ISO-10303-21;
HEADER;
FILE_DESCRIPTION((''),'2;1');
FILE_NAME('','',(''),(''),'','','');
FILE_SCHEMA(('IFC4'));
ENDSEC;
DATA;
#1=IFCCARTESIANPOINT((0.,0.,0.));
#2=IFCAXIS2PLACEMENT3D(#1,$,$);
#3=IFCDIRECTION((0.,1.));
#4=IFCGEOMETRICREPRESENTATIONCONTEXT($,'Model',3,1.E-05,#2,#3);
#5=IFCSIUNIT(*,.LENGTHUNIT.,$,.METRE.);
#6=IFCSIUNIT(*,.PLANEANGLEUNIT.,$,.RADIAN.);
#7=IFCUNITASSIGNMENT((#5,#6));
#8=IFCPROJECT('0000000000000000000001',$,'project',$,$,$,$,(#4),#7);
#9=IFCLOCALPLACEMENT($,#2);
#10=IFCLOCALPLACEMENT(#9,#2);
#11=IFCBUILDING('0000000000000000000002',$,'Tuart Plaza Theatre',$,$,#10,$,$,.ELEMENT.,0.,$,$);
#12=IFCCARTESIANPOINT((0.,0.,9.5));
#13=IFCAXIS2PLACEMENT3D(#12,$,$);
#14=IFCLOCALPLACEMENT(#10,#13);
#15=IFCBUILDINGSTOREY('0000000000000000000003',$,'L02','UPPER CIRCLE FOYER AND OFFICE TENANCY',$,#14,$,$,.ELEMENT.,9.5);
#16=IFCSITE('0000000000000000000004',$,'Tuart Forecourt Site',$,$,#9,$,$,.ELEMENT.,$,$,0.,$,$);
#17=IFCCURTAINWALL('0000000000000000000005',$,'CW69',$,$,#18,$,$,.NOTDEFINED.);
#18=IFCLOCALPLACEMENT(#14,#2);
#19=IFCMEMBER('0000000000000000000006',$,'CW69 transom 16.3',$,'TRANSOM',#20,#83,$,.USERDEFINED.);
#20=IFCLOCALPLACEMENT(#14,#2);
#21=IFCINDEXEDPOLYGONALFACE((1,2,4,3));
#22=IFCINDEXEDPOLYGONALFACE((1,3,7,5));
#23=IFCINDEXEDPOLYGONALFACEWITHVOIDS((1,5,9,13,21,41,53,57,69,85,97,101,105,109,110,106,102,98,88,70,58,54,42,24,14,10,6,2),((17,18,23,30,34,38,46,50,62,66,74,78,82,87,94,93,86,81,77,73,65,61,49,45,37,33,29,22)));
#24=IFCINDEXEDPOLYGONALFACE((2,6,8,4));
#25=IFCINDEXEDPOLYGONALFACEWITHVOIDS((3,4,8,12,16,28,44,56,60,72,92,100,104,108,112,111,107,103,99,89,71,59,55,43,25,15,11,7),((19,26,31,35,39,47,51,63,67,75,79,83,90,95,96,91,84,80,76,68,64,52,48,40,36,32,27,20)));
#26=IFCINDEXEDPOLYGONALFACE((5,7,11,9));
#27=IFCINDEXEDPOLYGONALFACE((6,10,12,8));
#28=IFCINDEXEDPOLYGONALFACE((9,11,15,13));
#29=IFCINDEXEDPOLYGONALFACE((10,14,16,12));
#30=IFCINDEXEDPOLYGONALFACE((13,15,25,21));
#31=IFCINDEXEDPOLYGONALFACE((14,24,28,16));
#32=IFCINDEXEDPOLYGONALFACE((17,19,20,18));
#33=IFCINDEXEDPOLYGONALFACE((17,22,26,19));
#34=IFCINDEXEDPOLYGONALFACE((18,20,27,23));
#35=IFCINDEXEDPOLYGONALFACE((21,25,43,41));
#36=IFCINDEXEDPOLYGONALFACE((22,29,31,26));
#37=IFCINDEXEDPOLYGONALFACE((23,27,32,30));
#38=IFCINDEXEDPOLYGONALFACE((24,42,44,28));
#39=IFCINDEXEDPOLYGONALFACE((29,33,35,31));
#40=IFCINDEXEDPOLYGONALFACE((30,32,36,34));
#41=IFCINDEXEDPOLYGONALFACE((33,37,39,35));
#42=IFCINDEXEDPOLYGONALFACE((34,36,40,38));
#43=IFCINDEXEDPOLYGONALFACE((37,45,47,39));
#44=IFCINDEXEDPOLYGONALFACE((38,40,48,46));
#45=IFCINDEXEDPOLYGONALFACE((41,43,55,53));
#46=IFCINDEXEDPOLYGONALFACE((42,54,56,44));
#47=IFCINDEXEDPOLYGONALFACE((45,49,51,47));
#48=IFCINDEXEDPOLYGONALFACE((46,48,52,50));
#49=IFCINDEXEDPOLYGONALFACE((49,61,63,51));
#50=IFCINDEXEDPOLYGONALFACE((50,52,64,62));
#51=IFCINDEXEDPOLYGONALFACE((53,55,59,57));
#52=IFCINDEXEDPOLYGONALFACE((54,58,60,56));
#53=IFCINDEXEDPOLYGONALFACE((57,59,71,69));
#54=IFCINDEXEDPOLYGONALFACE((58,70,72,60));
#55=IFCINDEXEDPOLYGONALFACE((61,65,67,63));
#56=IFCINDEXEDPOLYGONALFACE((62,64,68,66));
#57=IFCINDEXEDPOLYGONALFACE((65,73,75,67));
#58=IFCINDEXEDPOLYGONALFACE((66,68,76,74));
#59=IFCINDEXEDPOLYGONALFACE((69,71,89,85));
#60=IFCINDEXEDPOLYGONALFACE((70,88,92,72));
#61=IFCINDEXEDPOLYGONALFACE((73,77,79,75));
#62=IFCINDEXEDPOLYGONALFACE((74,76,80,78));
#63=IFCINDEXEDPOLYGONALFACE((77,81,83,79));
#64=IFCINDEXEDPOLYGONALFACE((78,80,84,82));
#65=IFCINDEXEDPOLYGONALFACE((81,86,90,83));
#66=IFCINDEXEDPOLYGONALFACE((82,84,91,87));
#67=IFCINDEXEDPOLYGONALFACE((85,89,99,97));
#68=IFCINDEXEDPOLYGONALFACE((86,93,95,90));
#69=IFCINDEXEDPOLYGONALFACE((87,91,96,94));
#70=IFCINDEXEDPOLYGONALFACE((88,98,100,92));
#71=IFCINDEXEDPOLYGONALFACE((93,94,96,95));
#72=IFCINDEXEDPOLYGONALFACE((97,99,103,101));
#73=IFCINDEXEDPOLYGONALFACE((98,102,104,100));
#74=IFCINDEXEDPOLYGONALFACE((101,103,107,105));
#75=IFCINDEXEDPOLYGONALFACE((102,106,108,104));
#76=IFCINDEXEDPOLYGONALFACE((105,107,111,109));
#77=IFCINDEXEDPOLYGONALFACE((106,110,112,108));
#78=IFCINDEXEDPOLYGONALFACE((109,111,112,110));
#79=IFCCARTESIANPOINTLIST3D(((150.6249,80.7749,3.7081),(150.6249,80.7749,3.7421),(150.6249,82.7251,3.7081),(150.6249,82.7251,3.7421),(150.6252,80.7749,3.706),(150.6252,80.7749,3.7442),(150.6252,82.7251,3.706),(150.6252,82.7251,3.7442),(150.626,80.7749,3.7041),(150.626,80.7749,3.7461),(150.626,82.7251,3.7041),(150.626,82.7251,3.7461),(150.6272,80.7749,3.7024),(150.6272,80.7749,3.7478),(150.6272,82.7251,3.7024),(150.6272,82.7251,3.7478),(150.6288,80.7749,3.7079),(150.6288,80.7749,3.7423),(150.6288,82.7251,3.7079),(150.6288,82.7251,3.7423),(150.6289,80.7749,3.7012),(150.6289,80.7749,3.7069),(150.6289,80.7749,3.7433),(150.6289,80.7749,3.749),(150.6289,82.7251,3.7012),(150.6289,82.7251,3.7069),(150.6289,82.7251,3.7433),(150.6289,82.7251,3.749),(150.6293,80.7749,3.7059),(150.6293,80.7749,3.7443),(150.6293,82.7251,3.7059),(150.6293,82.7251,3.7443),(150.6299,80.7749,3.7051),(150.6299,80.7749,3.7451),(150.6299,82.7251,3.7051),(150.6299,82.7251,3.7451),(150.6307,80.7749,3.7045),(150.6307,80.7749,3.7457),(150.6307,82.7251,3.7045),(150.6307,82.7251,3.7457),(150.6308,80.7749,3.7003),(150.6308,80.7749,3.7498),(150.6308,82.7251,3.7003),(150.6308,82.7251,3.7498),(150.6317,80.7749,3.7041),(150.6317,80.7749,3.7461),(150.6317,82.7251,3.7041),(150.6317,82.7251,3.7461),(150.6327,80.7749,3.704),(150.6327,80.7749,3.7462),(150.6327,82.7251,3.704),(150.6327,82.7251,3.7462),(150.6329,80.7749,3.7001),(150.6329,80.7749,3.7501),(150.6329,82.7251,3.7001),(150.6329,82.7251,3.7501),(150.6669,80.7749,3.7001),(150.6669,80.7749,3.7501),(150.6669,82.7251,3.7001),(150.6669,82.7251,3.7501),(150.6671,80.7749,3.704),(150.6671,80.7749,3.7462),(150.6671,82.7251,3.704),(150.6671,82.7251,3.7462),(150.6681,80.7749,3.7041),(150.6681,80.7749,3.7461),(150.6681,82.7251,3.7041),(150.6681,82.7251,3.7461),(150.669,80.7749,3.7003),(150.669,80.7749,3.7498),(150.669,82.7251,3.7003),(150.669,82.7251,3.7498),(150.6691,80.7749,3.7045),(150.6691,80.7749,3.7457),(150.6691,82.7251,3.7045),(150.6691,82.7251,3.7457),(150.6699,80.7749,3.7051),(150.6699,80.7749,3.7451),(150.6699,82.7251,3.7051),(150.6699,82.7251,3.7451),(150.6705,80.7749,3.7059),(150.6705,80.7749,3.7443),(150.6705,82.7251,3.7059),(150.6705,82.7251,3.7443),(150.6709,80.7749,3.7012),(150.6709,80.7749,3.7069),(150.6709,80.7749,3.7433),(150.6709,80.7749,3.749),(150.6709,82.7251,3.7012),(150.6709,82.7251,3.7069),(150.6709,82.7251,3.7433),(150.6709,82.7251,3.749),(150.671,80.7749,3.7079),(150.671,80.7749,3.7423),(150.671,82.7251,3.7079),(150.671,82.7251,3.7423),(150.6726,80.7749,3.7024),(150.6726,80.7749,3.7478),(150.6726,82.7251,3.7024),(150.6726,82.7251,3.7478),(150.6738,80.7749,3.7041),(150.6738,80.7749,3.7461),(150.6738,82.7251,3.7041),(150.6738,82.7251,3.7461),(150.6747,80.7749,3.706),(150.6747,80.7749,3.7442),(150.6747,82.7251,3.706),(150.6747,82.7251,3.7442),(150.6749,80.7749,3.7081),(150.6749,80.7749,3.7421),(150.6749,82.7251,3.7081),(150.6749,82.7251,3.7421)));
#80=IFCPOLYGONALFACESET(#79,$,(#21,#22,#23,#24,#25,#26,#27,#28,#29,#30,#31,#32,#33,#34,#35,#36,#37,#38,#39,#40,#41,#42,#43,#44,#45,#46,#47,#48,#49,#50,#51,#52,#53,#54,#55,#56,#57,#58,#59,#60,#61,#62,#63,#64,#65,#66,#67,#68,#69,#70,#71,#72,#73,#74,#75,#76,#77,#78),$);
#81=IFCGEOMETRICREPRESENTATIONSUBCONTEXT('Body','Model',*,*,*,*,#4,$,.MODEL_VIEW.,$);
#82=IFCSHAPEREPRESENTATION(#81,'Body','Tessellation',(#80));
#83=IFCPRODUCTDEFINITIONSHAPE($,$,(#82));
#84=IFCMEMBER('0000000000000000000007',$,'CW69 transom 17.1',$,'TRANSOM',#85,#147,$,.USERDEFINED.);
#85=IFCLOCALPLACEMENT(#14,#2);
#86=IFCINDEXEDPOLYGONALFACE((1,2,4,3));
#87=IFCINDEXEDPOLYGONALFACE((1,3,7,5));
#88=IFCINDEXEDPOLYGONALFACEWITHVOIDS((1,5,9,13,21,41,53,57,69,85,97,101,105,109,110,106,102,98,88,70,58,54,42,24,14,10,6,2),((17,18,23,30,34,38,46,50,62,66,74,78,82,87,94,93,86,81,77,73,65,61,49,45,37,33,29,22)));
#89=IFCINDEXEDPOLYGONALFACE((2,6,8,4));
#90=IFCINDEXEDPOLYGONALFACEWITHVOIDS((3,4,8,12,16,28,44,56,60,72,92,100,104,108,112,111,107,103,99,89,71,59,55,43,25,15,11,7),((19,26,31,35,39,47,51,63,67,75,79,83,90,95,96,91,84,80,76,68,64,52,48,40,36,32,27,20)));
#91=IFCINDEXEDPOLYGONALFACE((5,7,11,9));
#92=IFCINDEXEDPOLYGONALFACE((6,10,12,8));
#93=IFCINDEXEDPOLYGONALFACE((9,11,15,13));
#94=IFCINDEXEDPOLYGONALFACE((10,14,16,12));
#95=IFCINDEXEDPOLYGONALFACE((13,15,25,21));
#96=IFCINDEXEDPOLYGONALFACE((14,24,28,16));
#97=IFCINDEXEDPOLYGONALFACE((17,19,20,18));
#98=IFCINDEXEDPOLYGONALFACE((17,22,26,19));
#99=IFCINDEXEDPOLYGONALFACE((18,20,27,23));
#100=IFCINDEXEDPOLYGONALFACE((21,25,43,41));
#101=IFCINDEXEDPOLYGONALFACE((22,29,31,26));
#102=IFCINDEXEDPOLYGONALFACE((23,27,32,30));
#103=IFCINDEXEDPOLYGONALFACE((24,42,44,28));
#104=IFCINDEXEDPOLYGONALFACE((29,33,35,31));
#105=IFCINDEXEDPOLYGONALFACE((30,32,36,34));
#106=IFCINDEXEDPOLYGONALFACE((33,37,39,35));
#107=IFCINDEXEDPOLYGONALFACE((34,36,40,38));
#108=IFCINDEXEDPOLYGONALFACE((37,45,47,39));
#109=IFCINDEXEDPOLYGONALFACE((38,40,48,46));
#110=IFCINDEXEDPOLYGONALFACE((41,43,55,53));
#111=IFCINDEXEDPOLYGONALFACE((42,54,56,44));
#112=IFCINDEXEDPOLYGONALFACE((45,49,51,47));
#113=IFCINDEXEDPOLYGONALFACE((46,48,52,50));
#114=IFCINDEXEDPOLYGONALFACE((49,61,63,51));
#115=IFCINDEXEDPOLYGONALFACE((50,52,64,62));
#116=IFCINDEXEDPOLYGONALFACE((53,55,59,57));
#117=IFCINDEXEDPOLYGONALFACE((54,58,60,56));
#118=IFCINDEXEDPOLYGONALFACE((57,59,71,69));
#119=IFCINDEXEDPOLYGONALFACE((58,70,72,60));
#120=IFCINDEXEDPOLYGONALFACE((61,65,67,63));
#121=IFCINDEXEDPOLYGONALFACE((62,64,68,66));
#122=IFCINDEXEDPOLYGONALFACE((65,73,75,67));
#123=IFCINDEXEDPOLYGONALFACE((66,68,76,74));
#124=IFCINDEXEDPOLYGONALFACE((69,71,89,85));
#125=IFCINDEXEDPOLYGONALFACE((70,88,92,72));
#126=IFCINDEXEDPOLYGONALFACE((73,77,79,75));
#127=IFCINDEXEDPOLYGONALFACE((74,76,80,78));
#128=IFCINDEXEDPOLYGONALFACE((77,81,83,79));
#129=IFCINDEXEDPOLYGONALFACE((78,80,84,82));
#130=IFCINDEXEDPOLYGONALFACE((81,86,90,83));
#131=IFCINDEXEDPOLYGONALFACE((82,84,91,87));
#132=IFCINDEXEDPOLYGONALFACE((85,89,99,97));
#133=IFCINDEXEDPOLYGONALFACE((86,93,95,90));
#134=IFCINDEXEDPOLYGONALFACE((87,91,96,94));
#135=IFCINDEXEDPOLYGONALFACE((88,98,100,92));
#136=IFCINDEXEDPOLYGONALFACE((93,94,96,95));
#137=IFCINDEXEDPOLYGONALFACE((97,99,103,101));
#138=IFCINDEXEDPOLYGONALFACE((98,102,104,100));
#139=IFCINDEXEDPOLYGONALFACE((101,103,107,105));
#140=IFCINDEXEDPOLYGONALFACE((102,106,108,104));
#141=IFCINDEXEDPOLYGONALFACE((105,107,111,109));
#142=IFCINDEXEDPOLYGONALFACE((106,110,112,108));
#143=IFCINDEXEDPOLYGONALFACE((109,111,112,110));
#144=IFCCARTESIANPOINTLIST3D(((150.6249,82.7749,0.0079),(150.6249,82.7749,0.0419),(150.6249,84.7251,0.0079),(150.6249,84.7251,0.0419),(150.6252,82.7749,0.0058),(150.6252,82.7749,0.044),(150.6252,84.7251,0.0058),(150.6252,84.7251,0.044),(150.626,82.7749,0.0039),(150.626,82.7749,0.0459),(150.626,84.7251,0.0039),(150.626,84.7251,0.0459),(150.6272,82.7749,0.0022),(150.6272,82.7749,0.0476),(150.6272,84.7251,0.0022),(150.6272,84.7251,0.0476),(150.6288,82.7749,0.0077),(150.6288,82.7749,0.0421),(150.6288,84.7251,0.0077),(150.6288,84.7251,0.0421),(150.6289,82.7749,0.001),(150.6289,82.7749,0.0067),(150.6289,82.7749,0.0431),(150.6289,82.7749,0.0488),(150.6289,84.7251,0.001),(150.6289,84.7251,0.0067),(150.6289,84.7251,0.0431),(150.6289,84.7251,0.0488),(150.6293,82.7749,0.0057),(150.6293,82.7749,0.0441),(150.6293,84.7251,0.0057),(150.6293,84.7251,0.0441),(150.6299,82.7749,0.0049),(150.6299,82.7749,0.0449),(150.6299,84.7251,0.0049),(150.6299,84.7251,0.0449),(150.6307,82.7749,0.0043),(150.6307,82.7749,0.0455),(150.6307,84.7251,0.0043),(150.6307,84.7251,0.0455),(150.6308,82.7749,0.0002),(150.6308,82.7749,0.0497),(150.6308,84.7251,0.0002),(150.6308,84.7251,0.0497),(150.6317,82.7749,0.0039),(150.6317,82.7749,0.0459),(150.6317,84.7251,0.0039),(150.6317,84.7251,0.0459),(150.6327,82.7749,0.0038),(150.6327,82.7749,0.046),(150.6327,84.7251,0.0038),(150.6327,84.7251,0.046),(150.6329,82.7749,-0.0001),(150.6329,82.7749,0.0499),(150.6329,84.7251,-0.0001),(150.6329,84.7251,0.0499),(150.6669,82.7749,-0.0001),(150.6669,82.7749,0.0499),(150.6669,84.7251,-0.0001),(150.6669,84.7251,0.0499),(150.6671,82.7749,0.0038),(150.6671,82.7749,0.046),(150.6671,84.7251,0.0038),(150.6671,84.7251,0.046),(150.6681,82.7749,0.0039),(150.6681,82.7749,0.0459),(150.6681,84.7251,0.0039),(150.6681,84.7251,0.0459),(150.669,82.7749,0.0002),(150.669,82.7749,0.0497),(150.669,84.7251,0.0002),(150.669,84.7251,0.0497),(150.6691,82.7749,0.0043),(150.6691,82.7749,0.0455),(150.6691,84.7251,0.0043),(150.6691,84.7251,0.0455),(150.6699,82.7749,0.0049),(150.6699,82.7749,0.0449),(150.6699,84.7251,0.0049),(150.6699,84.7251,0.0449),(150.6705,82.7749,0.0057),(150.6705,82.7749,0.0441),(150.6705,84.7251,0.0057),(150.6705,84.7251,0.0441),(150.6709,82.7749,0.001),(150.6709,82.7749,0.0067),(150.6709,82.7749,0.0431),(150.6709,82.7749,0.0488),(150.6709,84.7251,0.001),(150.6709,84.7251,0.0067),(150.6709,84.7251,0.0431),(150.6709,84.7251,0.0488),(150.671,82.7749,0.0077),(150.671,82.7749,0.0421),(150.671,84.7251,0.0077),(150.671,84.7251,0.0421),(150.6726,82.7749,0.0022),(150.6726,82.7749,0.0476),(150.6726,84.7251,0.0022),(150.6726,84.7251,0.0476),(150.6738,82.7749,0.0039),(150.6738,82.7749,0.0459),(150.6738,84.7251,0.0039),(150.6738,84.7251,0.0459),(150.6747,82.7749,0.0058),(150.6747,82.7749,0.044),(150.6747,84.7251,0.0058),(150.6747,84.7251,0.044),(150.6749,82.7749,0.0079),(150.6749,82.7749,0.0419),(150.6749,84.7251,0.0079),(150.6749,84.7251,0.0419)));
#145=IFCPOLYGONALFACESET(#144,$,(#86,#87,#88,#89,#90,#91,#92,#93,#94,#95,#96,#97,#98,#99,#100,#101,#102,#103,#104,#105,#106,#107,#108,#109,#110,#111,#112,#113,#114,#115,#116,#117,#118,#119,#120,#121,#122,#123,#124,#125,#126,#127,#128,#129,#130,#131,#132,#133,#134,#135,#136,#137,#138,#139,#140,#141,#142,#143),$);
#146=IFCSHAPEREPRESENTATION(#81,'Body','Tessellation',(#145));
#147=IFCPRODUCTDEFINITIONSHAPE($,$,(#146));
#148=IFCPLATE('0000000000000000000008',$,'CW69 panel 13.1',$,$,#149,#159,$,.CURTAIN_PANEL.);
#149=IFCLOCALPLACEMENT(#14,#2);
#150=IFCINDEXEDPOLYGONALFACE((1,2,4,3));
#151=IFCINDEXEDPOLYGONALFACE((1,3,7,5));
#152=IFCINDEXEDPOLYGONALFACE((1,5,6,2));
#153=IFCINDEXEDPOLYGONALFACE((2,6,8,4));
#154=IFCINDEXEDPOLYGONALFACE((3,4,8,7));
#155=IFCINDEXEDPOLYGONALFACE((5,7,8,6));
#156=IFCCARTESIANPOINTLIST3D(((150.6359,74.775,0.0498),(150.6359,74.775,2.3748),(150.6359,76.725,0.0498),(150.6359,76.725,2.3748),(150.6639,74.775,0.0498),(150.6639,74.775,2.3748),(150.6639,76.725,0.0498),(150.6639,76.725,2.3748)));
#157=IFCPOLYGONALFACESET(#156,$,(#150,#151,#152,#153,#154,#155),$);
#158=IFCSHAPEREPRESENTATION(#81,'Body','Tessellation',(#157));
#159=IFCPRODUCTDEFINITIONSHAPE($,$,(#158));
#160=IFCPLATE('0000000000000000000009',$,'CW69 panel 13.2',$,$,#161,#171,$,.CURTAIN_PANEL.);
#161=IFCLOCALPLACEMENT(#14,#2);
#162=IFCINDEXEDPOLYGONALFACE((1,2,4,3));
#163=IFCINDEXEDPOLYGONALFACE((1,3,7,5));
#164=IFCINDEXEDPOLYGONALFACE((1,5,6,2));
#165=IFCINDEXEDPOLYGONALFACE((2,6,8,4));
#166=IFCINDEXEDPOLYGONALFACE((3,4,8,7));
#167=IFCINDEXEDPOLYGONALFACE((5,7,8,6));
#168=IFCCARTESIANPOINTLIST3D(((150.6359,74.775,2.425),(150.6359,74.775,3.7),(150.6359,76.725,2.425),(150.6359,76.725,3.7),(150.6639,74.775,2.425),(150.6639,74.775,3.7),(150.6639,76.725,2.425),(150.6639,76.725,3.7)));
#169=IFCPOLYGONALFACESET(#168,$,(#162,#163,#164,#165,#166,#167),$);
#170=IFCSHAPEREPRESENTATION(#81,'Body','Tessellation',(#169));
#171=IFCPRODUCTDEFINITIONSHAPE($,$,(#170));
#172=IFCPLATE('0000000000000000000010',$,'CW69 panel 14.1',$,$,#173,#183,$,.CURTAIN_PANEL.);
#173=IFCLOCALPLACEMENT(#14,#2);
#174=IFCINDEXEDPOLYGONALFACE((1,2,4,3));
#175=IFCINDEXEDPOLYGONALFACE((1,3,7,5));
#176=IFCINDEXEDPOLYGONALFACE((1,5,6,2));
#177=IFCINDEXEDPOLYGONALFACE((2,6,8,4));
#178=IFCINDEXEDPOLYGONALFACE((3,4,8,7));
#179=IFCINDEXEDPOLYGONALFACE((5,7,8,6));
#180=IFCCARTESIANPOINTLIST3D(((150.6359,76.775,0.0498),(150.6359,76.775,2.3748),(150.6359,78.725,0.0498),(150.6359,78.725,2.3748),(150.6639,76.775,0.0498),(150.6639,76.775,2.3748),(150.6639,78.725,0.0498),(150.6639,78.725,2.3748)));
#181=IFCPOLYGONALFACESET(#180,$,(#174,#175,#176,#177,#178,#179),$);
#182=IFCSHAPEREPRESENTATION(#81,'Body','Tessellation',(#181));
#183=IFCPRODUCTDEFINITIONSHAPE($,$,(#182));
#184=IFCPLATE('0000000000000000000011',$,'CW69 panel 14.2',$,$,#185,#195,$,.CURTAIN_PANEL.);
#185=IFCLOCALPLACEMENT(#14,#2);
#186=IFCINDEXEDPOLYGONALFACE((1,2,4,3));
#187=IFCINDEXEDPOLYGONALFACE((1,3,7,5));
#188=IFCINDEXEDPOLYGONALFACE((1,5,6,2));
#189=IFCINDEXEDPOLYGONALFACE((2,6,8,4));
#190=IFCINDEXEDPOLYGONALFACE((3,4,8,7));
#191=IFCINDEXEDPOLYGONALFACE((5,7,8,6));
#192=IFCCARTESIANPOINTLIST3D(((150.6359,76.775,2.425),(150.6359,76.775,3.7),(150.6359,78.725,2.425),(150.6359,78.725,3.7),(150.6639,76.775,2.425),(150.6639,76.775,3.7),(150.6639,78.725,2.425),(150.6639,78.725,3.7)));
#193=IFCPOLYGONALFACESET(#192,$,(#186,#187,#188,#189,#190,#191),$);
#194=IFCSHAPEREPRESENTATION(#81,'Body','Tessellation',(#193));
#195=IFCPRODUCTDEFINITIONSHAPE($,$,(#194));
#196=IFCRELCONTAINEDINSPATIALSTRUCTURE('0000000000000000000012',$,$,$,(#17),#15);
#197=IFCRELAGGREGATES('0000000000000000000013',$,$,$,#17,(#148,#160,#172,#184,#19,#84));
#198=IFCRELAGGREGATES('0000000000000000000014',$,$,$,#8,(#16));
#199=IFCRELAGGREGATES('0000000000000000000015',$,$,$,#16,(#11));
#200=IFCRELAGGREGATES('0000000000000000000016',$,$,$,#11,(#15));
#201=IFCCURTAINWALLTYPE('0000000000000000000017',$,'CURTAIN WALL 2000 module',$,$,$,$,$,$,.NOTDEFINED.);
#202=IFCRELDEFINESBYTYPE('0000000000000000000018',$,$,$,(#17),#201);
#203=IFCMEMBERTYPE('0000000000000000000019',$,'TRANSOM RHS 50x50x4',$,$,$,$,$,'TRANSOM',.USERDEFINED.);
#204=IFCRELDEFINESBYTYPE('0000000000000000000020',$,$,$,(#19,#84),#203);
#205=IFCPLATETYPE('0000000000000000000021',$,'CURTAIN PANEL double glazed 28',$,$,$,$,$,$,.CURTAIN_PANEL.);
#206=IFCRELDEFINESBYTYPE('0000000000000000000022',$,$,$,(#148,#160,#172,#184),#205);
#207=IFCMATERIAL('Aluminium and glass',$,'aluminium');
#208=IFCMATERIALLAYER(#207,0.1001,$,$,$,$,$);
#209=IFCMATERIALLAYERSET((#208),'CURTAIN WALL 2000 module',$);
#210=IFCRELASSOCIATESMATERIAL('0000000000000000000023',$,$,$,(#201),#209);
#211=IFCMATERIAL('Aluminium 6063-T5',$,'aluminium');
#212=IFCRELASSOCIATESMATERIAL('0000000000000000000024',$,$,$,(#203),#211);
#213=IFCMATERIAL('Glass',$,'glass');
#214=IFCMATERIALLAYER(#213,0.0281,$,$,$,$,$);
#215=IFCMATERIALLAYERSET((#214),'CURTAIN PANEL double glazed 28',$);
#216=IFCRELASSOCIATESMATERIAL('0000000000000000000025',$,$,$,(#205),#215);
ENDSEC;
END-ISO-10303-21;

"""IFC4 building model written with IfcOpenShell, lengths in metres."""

from ifc_helpers import new_model, si_unit, direction, frame, origin, origin_2d, place, context, subcontext, project, spatial, rectangle, hollow_rectangle, extrude, material, layer, layer_set, material_profile, profile_set, type_object, element, aggregate, save


model = new_model("IFC4")

# Units and contexts
model_context = context("Model", 3, precision=1e-05, world=origin(), true_north=direction((0.0, 1.0)))
body_context = subcontext(model_context, "Body", "Model", "MODEL_VIEW")
ifc_project = project(units=[si_unit("LENGTHUNIT", "METRE"), si_unit("PLANEANGLEUNIT", "RADIAN")], contexts=[model_context])

# Site, building, storey
site_placement = place(None, origin())
site = spatial("IfcSite", under=ifc_project, at=site_placement, Name="Tuart Forecourt Site", CompositionType="ELEMENT", RefElevation=0.0)
building_placement = place(site_placement, origin())
building = spatial("IfcBuilding", under=site, at=building_placement, Name="Tuart Plaza Theatre", CompositionType="ELEMENT", ElevationOfRefHeight=0.0)
storey_placement = place(building_placement, frame((0.0, 0.0, 9.5)))
storey = spatial("IfcBuildingStorey", under=building, at=storey_placement, Name="L02", Description="UPPER CIRCLE FOYER AND OFFICE TENANCY", CompositionType="ELEMENT", Elevation=9.5)

# Curtain wall, members, plates
ifc_material_1 = material(Name="Aluminium and glass", Category="aluminium")
ifc_layer_1 = layer(ifc_material_1, 0.1001)
ifc_layer_set_1 = layer_set([ifc_layer_1], Name="CURTAIN WALL 2000 module")
curtain_wall_type = type_object("IfcCurtainWallType", Name="CURTAIN WALL 2000 module", PredefinedType="NOTDEFINED", material=ifc_layer_set_1)
curtain_wall_placement = place(storey_placement, origin())
curtain_wall = element("IfcCurtainWall", 1, at=curtain_wall_placement, inside=storey, type_object=curtain_wall_type, Name="CW69", PredefinedType="NOTDEFINED")
ifc_material_2 = material(Name="Aluminium 6063-T5", Category="aluminium")
ifc_material_profile_1 = material_profile(ifc_material_2, hollow_rectangle(XDim=0.05, YDim=0.05, WallThickness=0.0039, InnerFilletRadius=0.0039, OuterFilletRadius=0.0081, at=origin_2d()), Name="RHS 50x50x4")
ifc_profile_set_1 = profile_set([ifc_material_profile_1], Name="Aluminium 6063-T5")
member_type_1 = type_object("IfcMemberType", Name="TRANSOM RHS 50x50x4", ElementType="TRANSOM", PredefinedType="USERDEFINED", material=ifc_profile_set_1)
member_1_placement = place(storey_placement, frame((150.6499, 80.7749, 3.7251), z_axis=(0.0, 1.0, 0.0), x_axis=(-1.0, 0.0, 0.0)))
member_1 = element("IfcMember", 2, at=member_1_placement, type_object=member_type_1, Name="CW69 transom 16.3", ObjectType="TRANSOM", PredefinedType="USERDEFINED", context=body_context, shape_type="SweptSolid", body=[
    extrude(hollow_rectangle(XDim=0.05, YDim=0.05, WallThickness=0.0039, InnerFilletRadius=0.0039, OuterFilletRadius=0.0081, at=origin_2d()), origin(), (0.0, 0.0, 1.0), 1.9502),
])
member_2_placement = place(storey_placement, frame((150.6499, 82.7749, 0.0249), z_axis=(0.0, 1.0, 0.0), x_axis=(-1.0, 0.0, 0.0)))
member_2 = element("IfcMember", 3, at=member_2_placement, type_object=member_type_1, Name="CW69 transom 17.1", ObjectType="TRANSOM", PredefinedType="USERDEFINED", context=body_context, shape_type="SweptSolid", body=[
    extrude(hollow_rectangle(XDim=0.05, YDim=0.05, WallThickness=0.0039, InnerFilletRadius=0.0039, OuterFilletRadius=0.0081, at=origin_2d()), origin(), (0.0, 0.0, 1.0), 1.9502),
])
ifc_material_3 = material(Name="Glass", Category="glass")
ifc_layer_2 = layer(ifc_material_3, 0.0281)
ifc_layer_set_2 = layer_set([ifc_layer_2], Name="CURTAIN PANEL double glazed 28")
plate_type = type_object("IfcPlateType", Name="CURTAIN PANEL double glazed 28", PredefinedType="CURTAIN_PANEL", material=ifc_layer_set_2)
plate_1_placement = place(storey_placement, frame((150.6499, 75.75, 0.0498), z_axis=(0.0, 0.0, 1.0), x_axis=(0.0, 1.0, 0.0)))
plate_1 = element("IfcPlate", 4, at=plate_1_placement, type_object=plate_type, Name="CW69 panel 13.1", PredefinedType="CURTAIN_PANEL", context=body_context, shape_type="SweptSolid", body=[
    extrude(rectangle(XDim=1.95, YDim=0.0281, at=origin_2d()), origin(), (0.0, 0.0, 1.0), 2.325),
])
plate_2_placement = place(storey_placement, frame((150.6499, 75.75, 2.425), z_axis=(0.0, 0.0, 1.0), x_axis=(0.0, 1.0, 0.0)))
plate_2 = element("IfcPlate", 5, at=plate_2_placement, type_object=plate_type, Name="CW69 panel 13.2", PredefinedType="CURTAIN_PANEL", context=body_context, shape_type="SweptSolid", body=[
    extrude(rectangle(XDim=1.95, YDim=0.0281, at=origin_2d()), origin(), (0.0, 0.0, 1.0), 1.2749),
])
plate_3_placement = place(storey_placement, frame((150.6499, 77.75, 0.0498), z_axis=(0.0, 0.0, 1.0), x_axis=(0.0, 1.0, 0.0)))
plate_3 = element("IfcPlate", 6, at=plate_3_placement, type_object=plate_type, Name="CW69 panel 14.1", PredefinedType="CURTAIN_PANEL", context=body_context, shape_type="SweptSolid", body=[
    extrude(rectangle(XDim=1.95, YDim=0.0281, at=origin_2d()), origin(), (0.0, 0.0, 1.0), 2.325),
])
plate_4_placement = place(storey_placement, frame((150.6499, 77.75, 2.425), z_axis=(0.0, 0.0, 1.0), x_axis=(0.0, 1.0, 0.0)))
plate_4 = element("IfcPlate", 7, at=plate_4_placement, type_object=plate_type, Name="CW69 panel 14.2", PredefinedType="CURTAIN_PANEL", context=body_context, shape_type="SweptSolid", body=[
    extrude(rectangle(XDim=1.95, YDim=0.0281, at=origin_2d()), origin(), (0.0, 0.0, 1.0), 1.2749),
])
aggregate(curtain_wall, [plate_1, plate_2, plate_3, plate_4, member_1, member_2])

save(model, "model.ifc")
